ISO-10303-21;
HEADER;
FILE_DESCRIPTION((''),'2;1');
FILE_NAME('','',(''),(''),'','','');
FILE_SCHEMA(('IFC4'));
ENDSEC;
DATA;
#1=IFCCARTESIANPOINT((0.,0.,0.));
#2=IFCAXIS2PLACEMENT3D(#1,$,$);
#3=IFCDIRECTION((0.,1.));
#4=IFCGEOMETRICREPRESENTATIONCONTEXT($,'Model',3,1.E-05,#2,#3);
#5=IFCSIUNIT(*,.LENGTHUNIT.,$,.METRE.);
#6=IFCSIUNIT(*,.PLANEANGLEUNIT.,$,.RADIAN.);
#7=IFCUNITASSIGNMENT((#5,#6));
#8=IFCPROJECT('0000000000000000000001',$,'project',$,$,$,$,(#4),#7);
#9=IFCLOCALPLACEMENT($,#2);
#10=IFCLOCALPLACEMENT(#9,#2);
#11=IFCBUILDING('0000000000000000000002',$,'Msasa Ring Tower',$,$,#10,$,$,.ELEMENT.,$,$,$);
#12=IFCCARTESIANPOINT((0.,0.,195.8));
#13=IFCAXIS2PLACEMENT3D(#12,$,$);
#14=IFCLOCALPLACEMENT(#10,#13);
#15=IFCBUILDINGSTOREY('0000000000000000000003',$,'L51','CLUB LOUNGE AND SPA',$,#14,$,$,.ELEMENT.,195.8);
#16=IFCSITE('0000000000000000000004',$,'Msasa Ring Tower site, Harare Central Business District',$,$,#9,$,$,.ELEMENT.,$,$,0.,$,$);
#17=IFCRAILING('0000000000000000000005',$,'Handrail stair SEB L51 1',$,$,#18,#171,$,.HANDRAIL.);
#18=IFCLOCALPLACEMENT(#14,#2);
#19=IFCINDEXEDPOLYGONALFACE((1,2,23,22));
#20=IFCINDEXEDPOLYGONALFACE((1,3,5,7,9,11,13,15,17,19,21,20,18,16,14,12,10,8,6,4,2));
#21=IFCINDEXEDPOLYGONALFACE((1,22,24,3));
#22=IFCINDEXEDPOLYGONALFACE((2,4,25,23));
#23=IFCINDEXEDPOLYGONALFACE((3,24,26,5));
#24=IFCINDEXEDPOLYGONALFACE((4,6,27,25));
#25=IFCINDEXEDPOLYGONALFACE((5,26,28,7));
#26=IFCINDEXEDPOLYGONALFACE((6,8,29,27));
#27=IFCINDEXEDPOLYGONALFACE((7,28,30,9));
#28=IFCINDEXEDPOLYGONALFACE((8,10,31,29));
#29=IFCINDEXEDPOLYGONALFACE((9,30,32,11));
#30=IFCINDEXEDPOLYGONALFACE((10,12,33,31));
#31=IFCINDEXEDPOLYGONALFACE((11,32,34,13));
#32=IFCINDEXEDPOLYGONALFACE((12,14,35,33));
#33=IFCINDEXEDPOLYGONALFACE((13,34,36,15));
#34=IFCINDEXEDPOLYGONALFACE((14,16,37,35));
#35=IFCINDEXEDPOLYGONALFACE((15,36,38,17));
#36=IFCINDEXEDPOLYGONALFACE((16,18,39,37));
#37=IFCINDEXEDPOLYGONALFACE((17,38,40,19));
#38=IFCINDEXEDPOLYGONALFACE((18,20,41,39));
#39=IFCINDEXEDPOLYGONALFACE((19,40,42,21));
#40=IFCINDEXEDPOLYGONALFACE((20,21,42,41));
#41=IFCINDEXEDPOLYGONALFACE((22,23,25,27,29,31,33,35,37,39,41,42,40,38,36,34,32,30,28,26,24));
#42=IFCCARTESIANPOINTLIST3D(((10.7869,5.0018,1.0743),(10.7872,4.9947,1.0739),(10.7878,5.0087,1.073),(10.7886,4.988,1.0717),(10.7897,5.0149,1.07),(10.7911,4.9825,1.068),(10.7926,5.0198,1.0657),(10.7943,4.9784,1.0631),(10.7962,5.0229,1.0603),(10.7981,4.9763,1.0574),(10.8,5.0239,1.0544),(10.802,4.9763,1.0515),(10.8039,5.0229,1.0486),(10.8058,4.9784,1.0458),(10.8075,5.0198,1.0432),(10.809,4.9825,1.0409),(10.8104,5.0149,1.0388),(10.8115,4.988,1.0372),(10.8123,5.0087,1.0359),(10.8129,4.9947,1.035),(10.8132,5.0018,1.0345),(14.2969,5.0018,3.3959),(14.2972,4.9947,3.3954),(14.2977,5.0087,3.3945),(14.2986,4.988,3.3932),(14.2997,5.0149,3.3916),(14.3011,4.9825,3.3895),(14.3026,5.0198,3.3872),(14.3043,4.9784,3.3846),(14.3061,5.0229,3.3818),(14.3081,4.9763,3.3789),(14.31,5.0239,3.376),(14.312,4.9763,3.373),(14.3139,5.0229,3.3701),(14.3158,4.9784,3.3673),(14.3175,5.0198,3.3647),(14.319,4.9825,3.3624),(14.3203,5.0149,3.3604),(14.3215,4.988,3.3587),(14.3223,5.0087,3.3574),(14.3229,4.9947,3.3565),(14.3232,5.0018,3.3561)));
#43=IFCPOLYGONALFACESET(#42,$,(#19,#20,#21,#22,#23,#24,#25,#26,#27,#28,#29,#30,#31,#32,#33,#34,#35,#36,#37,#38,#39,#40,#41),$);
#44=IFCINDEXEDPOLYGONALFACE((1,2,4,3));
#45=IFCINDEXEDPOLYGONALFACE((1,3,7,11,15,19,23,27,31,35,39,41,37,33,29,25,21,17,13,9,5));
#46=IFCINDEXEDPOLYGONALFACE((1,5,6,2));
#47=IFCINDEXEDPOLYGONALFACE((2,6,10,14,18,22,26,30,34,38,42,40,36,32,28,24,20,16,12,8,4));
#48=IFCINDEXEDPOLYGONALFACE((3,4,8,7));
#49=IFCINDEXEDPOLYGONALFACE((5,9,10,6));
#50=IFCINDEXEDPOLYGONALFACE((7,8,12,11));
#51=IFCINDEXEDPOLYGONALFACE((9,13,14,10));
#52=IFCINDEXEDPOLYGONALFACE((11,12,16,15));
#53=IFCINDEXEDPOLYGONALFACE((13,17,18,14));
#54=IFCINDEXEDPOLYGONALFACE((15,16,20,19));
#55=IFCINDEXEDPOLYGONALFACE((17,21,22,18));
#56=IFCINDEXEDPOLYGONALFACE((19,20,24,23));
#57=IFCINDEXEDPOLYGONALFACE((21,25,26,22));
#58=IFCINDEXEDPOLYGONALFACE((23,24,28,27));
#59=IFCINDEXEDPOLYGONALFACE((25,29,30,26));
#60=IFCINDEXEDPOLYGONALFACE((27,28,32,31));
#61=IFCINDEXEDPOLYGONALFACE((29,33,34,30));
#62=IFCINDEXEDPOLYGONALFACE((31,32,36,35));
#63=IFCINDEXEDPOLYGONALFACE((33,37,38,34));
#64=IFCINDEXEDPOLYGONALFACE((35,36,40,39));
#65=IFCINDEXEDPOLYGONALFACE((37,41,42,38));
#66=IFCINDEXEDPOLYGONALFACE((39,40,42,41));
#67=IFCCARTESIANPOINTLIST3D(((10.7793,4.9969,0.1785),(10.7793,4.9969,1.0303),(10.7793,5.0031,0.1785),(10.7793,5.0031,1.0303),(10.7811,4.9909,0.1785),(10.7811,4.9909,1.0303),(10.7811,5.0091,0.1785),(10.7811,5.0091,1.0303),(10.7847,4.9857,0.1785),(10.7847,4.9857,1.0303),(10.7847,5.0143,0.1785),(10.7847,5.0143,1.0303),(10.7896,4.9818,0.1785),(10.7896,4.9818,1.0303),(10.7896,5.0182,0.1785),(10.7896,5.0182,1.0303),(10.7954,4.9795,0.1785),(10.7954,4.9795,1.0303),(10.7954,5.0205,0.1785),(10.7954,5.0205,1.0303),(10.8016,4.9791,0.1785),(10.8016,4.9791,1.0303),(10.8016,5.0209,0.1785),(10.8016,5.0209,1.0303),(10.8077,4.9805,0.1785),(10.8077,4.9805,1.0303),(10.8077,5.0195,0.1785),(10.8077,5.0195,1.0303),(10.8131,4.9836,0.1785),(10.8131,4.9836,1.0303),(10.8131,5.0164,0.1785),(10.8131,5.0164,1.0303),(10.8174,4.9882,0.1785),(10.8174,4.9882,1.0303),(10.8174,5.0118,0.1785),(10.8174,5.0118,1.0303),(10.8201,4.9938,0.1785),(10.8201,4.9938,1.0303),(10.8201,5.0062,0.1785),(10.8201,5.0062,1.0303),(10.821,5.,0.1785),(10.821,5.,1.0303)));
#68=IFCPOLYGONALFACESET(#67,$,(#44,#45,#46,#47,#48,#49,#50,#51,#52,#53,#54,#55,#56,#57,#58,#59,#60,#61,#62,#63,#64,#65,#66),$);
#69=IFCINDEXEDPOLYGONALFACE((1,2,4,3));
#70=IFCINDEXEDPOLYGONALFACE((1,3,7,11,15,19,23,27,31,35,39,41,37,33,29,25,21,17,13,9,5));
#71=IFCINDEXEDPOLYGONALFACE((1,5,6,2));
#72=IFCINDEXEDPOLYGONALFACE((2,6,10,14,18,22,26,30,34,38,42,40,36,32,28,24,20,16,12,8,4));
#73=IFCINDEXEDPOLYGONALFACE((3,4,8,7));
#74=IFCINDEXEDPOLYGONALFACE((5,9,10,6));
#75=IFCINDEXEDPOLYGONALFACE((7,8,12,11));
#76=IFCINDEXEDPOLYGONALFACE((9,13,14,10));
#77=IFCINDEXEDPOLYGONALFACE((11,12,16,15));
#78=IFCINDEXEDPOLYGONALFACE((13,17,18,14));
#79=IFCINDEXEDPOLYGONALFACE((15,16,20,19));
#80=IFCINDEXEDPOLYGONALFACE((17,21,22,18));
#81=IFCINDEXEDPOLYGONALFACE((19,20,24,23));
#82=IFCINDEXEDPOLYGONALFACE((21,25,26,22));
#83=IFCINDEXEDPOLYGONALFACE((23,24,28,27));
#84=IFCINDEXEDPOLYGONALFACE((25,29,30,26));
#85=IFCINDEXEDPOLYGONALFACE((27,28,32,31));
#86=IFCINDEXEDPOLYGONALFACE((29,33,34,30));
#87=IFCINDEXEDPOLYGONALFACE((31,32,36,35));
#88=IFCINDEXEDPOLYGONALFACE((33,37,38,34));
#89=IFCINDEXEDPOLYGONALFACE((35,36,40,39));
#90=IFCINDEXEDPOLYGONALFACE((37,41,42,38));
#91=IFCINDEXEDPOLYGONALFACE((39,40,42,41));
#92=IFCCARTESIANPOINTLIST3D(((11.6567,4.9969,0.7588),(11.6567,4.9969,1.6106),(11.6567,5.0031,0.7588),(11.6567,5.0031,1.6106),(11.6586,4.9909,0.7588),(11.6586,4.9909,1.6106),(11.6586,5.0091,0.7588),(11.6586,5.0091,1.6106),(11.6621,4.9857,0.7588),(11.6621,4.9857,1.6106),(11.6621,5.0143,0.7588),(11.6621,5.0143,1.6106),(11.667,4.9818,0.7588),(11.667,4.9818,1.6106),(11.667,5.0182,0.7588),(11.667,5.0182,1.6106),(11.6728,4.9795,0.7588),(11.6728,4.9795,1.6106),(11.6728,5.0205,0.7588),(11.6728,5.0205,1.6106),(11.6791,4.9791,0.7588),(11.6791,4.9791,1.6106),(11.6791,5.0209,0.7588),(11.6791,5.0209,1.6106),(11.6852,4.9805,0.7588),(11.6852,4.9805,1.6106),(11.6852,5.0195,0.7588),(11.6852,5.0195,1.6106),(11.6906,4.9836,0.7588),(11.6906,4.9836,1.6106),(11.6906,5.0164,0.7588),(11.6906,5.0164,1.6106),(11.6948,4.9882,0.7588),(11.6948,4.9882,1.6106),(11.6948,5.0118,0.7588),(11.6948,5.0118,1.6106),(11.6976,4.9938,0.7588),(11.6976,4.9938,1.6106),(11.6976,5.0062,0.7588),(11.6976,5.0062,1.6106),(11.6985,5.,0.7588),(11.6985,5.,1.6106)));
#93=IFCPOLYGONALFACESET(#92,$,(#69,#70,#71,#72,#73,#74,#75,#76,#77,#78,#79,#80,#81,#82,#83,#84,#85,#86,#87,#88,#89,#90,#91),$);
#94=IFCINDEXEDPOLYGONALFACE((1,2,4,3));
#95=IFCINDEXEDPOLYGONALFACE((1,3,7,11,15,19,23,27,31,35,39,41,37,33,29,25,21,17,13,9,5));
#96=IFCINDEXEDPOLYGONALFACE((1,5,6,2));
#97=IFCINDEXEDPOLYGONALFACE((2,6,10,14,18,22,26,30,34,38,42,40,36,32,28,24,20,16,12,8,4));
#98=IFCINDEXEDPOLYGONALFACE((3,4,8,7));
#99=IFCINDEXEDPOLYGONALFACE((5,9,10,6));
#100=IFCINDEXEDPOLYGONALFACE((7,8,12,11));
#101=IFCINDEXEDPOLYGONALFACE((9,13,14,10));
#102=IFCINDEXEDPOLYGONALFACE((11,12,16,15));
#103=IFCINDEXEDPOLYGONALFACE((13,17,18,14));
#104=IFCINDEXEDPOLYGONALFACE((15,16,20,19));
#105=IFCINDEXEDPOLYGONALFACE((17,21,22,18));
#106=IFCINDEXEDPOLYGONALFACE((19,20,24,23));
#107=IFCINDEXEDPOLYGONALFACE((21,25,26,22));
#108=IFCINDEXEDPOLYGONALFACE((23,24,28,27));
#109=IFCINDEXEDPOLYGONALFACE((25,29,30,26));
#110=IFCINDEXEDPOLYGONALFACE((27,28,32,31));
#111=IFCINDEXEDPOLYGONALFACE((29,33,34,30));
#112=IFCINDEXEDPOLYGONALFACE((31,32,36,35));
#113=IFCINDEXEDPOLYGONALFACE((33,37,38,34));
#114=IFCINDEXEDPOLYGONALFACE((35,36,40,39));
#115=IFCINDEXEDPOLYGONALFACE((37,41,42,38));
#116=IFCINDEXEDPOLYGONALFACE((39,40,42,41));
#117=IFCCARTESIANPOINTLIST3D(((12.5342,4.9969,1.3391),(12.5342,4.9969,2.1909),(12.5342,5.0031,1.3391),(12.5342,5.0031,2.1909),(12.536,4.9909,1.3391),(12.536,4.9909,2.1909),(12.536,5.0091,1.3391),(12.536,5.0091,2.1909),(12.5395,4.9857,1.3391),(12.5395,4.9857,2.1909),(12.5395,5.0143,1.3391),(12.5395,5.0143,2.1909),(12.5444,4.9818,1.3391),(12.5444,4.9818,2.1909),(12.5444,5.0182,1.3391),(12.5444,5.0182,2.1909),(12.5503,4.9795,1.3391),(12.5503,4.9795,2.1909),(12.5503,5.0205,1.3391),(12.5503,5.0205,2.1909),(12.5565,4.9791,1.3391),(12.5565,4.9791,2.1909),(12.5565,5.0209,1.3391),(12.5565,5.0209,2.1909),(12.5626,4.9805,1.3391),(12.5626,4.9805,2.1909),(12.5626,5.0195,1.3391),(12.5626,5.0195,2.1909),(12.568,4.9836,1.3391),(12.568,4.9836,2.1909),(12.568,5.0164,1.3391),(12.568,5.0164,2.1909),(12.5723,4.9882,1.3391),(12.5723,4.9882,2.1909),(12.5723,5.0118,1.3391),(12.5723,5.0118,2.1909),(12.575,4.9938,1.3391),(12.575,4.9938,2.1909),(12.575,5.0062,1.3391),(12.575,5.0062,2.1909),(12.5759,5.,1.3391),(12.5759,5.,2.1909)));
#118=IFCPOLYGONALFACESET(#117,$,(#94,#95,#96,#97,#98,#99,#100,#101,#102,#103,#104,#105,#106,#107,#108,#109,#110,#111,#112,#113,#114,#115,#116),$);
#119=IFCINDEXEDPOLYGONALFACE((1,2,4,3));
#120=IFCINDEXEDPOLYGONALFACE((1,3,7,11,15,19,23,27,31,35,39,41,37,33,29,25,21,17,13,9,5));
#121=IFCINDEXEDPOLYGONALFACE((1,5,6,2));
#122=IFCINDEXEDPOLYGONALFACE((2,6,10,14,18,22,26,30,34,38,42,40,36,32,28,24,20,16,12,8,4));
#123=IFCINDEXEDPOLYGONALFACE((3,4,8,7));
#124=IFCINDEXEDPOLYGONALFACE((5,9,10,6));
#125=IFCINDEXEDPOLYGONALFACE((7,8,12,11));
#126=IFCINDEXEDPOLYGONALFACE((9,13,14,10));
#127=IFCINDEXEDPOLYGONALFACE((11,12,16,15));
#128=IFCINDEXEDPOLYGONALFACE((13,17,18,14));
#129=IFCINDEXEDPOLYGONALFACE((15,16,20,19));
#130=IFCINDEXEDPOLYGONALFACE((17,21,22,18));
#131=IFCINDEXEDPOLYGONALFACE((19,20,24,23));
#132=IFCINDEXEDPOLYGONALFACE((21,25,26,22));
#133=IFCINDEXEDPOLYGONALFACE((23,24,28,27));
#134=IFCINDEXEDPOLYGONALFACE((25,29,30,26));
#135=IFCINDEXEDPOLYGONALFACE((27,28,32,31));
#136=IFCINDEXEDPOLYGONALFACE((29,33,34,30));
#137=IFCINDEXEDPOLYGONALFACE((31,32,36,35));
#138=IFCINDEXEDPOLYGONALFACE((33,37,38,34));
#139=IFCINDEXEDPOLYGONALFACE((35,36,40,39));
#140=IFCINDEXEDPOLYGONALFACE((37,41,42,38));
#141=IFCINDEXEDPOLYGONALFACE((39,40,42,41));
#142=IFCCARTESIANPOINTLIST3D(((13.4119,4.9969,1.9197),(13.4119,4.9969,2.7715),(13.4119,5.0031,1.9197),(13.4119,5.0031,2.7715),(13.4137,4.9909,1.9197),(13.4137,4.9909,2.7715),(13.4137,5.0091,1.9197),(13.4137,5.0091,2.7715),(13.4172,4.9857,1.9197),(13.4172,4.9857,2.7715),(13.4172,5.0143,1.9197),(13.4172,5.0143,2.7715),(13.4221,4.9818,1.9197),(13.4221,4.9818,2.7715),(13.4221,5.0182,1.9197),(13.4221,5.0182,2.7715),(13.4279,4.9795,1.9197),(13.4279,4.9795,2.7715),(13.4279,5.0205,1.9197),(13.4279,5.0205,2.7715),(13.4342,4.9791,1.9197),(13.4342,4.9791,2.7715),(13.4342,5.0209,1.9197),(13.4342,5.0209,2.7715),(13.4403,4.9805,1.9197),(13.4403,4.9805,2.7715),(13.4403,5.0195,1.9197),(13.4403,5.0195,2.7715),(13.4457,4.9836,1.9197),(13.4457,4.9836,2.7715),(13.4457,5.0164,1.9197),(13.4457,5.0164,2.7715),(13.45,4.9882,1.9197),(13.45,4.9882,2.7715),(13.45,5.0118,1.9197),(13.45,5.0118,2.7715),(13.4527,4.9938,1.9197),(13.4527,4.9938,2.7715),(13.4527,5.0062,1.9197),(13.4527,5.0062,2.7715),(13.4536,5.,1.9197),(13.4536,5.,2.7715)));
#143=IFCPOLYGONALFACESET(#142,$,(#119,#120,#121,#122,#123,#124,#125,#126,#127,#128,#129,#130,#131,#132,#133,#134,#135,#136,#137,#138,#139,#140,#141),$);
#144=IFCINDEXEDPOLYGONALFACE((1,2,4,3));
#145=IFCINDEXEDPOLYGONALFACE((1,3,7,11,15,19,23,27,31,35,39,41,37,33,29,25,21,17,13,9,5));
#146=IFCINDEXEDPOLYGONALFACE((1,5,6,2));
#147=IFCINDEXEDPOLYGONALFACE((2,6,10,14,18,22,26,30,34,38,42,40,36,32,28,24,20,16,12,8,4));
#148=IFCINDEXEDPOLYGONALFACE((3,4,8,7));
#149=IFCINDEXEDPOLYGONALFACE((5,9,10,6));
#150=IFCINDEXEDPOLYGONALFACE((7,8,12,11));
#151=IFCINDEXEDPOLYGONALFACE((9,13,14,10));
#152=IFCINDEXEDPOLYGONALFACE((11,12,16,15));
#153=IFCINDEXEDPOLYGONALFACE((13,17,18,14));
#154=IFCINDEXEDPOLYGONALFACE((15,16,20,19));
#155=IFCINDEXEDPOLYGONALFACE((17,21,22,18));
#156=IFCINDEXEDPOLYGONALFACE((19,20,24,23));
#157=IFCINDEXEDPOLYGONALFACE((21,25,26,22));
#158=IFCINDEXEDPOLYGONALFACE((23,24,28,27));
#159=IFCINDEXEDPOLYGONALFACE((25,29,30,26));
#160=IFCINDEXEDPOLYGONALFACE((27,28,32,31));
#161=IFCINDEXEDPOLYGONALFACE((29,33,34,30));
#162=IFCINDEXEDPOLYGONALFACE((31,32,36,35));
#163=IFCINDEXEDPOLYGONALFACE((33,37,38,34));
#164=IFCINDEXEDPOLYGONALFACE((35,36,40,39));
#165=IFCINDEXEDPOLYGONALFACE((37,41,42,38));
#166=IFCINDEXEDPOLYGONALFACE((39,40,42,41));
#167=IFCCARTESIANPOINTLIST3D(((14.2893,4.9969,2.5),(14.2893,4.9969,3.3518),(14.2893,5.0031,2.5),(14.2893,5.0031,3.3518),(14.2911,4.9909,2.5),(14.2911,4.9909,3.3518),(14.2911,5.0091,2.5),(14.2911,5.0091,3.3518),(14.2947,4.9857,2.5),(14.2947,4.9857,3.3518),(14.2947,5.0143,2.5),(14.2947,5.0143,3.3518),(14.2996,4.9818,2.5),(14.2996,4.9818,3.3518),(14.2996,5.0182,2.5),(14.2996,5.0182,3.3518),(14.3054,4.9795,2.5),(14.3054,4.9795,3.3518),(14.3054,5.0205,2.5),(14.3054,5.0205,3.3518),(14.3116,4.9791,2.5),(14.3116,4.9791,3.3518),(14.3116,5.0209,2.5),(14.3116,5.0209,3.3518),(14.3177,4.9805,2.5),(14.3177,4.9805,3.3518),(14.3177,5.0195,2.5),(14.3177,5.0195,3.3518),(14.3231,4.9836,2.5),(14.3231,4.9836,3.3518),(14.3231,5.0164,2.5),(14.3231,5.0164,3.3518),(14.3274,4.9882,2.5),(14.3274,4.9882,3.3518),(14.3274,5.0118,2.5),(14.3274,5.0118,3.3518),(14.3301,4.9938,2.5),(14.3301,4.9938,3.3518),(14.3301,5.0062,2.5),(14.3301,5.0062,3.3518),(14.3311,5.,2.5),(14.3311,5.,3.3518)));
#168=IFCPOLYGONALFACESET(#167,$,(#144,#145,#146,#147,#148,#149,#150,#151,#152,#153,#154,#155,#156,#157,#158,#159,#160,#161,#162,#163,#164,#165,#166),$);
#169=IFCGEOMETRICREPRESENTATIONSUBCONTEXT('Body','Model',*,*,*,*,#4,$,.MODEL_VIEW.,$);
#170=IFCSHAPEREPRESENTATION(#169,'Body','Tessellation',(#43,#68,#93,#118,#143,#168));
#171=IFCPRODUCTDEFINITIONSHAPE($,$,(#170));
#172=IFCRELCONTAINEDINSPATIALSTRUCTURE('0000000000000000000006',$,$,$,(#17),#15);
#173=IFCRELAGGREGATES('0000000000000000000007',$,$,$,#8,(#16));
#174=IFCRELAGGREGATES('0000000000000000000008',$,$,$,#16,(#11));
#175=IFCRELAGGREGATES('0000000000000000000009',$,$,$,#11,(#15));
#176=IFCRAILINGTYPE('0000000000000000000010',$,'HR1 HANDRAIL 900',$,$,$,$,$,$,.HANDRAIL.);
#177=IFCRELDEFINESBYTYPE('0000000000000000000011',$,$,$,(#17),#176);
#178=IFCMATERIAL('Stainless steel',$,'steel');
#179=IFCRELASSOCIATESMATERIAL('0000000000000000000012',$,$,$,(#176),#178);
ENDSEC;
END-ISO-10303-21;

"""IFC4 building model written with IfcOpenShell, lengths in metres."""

from ifc_helpers import new_model, si_unit, direction, frame, origin, origin_2d, place, context, subcontext, project, spatial, circle, extrude, material, type_object, element, save


model = new_model("IFC4")

# Units and contexts
model_context = context("Model", 3, precision=1e-05, world=origin(), true_north=direction((0.0, 1.0)))
body_context = subcontext(model_context, "Body", "Model", "MODEL_VIEW")
ifc_project = project(units=[si_unit("LENGTHUNIT", "METRE"), si_unit("PLANEANGLEUNIT", "RADIAN")], contexts=[model_context])

# Site, building, storey
site_placement = place(None, origin())
site = spatial("IfcSite", under=ifc_project, at=site_placement, Name="Msasa Ring Tower site, Harare Central Business District", CompositionType="ELEMENT", RefElevation=0.0)
building_placement = place(site_placement, origin())
building = spatial("IfcBuilding", under=site, at=building_placement, Name="Msasa Ring Tower", CompositionType="ELEMENT")
storey_placement = place(building_placement, frame((0.0, 0.0, 195.8)))
storey = spatial("IfcBuildingStorey", under=building, at=storey_placement, Name="L51", Description="CLUB LOUNGE AND SPA", CompositionType="ELEMENT", Elevation=195.8)

# Railing
ifc_material_1 = material(Name="Stainless steel", Category="steel")
railing_type = type_object("IfcRailingType", Name="HR1 HANDRAIL 900", PredefinedType="HANDRAIL", material=ifc_material_1)
for number, where, name in (
    (1, (10.8, 5.0, 0.1785), "Handrail stair SEB L51 1"),
):
    element("IfcRailing", number, at=place(storey_placement, frame(where)), inside=storey, type_object=railing_type, Name=name, PredefinedType="HANDRAIL", context=body_context, shape_type="SweptSolid", body=[
        extrude(circle(Radius=0.0239, at=origin_2d()), frame((0.0, 0.0, 0.876), z_axis=(0.834071, 0.0, 0.551657), x_axis=(0.0, 1.0, 0.0)), (0.0, 0.0, 1.0), 4.2083),
        extrude(circle(Radius=0.021, at=origin_2d()), origin(), (0.0, 0.0, 1.0), 0.8518),
        extrude(circle(Radius=0.021, at=origin_2d()), frame((0.8774, 0.0, 0.5803)), (0.0, 0.0, 1.0), 0.8518),
        extrude(circle(Radius=0.021, at=origin_2d()), frame((1.7549, 0.0, 1.1606)), (0.0, 0.0, 1.0), 0.8518),
        extrude(circle(Radius=0.021, at=origin_2d()), frame((2.6326, 0.0, 1.7412)), (0.0, 0.0, 1.0), 0.8518),
        extrude(circle(Radius=0.021, at=origin_2d()), frame((3.51, 0.0, 2.3215)), (0.0, 0.0, 1.0), 0.8518),
    ])

save(model, "model.ifc")
